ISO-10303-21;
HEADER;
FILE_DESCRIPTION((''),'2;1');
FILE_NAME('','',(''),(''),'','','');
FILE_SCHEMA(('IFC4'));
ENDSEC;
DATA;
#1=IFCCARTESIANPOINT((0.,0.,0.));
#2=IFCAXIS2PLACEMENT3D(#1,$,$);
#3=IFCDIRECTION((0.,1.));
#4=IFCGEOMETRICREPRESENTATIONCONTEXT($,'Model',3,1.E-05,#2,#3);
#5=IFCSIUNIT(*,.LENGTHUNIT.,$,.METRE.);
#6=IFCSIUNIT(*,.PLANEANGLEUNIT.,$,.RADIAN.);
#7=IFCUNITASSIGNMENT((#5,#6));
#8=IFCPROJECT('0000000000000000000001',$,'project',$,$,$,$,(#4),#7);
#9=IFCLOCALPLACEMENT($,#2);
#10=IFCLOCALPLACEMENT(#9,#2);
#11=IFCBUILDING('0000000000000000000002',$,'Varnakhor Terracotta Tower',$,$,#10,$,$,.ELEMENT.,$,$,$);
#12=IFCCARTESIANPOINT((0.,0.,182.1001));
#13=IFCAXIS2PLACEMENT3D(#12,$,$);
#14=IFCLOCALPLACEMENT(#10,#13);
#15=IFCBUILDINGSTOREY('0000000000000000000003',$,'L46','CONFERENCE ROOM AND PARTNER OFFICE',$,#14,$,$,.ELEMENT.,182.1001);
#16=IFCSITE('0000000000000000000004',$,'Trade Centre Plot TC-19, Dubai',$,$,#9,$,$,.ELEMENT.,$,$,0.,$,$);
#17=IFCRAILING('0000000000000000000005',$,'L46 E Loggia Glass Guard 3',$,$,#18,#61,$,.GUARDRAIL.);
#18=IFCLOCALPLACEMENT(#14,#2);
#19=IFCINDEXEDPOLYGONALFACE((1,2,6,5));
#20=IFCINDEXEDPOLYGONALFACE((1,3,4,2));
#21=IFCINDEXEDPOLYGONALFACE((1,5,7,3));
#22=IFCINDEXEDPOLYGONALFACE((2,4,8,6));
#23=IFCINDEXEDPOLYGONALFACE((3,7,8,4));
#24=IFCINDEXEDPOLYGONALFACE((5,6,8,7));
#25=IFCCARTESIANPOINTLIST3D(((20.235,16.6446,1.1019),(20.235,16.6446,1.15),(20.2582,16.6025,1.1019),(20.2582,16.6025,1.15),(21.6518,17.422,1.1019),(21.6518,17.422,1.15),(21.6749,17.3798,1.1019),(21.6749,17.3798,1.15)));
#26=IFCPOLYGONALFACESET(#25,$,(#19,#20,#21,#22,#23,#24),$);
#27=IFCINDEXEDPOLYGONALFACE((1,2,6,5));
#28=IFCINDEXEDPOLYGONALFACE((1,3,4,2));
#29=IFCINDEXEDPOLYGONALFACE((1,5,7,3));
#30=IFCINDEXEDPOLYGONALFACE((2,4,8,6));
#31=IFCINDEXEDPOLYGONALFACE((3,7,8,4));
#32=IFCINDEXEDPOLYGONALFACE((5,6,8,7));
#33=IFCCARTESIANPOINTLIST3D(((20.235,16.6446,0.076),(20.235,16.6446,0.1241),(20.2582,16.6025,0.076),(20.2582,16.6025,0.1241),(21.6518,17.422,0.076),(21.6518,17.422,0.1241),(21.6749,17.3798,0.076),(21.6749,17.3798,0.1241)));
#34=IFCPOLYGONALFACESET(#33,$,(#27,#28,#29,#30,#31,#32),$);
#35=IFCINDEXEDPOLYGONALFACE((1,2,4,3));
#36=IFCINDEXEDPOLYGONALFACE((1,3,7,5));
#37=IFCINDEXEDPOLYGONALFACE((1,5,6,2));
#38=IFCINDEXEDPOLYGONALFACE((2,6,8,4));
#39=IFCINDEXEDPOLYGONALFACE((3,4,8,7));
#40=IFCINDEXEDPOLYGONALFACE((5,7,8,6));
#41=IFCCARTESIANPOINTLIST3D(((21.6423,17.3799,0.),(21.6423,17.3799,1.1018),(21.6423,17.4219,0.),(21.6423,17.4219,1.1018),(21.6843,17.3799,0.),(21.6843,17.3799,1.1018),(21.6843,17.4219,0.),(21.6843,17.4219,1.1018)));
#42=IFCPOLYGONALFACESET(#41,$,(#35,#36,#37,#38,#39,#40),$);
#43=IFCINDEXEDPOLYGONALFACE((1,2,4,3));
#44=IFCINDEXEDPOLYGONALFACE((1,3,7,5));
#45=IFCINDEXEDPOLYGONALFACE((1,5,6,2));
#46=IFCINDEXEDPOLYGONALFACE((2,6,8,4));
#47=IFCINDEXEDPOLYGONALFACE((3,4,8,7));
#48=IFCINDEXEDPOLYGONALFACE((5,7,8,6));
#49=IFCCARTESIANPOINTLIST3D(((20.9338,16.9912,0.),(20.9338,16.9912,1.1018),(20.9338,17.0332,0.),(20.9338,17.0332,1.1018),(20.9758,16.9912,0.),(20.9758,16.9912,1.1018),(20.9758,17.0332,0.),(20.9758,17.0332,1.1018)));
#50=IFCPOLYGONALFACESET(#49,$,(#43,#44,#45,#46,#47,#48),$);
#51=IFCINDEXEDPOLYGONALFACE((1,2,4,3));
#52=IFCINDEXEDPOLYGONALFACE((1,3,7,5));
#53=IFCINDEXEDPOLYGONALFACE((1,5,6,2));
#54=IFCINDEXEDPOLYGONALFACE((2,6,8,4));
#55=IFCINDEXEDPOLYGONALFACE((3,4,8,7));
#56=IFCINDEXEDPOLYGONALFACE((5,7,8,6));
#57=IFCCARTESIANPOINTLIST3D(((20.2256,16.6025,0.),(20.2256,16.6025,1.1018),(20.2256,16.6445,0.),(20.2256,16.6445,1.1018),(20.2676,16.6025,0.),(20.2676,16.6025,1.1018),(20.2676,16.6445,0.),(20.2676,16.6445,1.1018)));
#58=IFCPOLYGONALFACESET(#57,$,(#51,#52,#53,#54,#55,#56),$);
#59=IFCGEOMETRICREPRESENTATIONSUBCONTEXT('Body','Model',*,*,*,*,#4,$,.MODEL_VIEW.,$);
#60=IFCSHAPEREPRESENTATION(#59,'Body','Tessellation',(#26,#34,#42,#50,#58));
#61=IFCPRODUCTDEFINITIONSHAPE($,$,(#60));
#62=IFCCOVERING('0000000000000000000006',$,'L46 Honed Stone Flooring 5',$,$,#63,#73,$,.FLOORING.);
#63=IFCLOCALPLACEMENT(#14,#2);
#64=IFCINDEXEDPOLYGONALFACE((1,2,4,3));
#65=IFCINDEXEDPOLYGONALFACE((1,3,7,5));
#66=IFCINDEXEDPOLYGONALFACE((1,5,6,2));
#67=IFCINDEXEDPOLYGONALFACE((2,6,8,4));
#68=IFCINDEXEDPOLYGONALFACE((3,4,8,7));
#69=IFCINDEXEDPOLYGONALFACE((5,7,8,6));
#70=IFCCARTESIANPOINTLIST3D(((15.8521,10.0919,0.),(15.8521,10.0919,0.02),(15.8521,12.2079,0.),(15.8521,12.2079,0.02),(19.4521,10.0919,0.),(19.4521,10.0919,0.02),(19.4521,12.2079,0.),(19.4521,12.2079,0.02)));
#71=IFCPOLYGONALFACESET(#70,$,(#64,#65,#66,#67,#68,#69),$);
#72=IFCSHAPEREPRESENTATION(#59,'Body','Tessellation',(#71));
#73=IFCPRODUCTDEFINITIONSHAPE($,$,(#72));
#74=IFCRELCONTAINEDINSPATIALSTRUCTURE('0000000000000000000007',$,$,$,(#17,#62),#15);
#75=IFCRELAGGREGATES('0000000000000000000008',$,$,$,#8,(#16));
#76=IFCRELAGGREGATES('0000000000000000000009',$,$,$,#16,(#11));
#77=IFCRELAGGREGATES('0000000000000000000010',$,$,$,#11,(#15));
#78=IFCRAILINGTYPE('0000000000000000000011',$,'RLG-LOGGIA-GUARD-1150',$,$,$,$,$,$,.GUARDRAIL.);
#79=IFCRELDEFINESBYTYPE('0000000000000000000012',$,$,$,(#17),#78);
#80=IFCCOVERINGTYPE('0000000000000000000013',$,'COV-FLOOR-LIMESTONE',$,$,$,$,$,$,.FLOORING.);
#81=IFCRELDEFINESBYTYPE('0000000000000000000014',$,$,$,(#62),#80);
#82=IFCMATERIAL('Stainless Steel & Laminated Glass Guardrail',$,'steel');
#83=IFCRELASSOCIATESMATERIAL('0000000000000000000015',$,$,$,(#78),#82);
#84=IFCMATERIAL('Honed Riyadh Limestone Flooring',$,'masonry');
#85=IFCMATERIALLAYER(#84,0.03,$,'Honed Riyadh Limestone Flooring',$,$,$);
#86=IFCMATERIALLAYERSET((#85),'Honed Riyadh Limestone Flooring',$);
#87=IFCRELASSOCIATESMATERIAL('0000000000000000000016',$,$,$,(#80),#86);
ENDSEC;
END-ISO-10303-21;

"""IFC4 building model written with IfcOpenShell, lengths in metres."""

from ifc_helpers import new_model, si_unit, direction, frame, origin, origin_2d, place, context, subcontext, project, spatial, rectangle, extrude, source, transform, mapped, material, layer, layer_set, type_object, element, save


model = new_model("IFC4")

# Units and contexts
model_context = context("Model", 3, precision=1e-05, world=origin(), true_north=direction((0.0, 1.0)))
body_context = subcontext(model_context, "Body", "Model", "MODEL_VIEW")
ifc_project = project(units=[si_unit("LENGTHUNIT", "METRE"), si_unit("PLANEANGLEUNIT", "RADIAN")], contexts=[model_context])

# Site, building, storey
site_placement = place(None, origin())
site = spatial("IfcSite", under=ifc_project, at=site_placement, Name="Trade Centre Plot TC-19, Dubai", CompositionType="ELEMENT", RefElevation=0.0)
building_placement = place(site_placement, origin())
building = spatial("IfcBuilding", under=site, at=building_placement, Name="Varnakhor Terracotta Tower", CompositionType="ELEMENT")
storey_placement = place(building_placement, frame((0.0, 0.0, 182.1001)))
storey = spatial("IfcBuildingStorey", under=building, at=storey_placement, Name="L46", Description="CONFERENCE ROOM AND PARTNER OFFICE", CompositionType="ELEMENT", Elevation=182.1001)

# Railing
ifc_material_1 = material(Name="Stainless Steel & Laminated Glass Guardrail", Category="steel")
railing_type = type_object("IfcRailingType", Name="RLG-LOGGIA-GUARD-1150", PredefinedType="GUARDRAIL", material=ifc_material_1)
railing_placement = place(storey_placement, frame((21.6633, 17.4009, 0.0)))
element("IfcRailing", 1, at=railing_placement, inside=storey, type_object=railing_type, Name="L46 E Loggia Glass Guard 3", PredefinedType="GUARDRAIL", context=body_context, shape_type="SweptSolid", body=[
    extrude(rectangle(XDim=0.0481, YDim=0.0481, at=origin_2d()), frame((0.0, 0.0, 1.126), z_axis=(-0.876703, -0.481031, 0.0), x_axis=(0.481031, -0.876703, 0.0)), (0.0, 0.0, 1.0), 1.616),
    extrude(rectangle(XDim=0.0481, YDim=0.0481, at=origin_2d()), frame((0.0, 0.0, 0.1001), z_axis=(-0.876703, -0.481031, 0.0), x_axis=(0.481031, -0.876703, 0.0)), (0.0, 0.0, 1.0), 1.616),
    extrude(rectangle(XDim=0.042, YDim=0.042, at=origin_2d()), origin(), (0.0, 0.0, 1.0), 1.1018),
    extrude(rectangle(XDim=0.042, YDim=0.042, at=origin_2d()), frame((-0.7085, -0.3887, 0.0)), (0.0, 0.0, 1.0), 1.1018),
    extrude(rectangle(XDim=0.042, YDim=0.042, at=origin_2d()), frame((-1.4167, -0.7773, 0.0)), (0.0, 0.0, 1.0), 1.1018),
])

# Covering
ifc_material_2 = material(Name="Honed Riyadh Limestone Flooring", Category="masonry")
ifc_layer_1 = layer(ifc_material_2, 0.03, Name="Honed Riyadh Limestone Flooring")
ifc_layer_set_1 = layer_set([ifc_layer_1], Name="Honed Riyadh Limestone Flooring")
covering_type = type_object("IfcCoveringType", Name="COV-FLOOR-LIMESTONE", PredefinedType="FLOORING", material=ifc_layer_set_1)
shared_shape_1 = source(origin(), body_context, "Body", "SweptSolid", [
    extrude(rectangle(XDim=3.6001, YDim=2.116, at=origin_2d()), origin(), (0.0, 0.0, 1.0), 0.02),
])
covering_placement = place(storey_placement, frame((17.6521, 11.1499, 0.0), z_axis=(0.0, 0.0, 1.0), x_axis=(1.0, 0.0, 0.0)))
element("IfcCovering", 2, at=covering_placement, inside=storey, type_object=covering_type, Name="L46 Honed Stone Flooring 5", PredefinedType="FLOORING", context=body_context, shape_type="MappedRepresentation", body=[
    mapped(shared_shape_1, transform((0.0, 0.0, 0.0), scale=1.0)),
])

save(model, "model.ifc")
